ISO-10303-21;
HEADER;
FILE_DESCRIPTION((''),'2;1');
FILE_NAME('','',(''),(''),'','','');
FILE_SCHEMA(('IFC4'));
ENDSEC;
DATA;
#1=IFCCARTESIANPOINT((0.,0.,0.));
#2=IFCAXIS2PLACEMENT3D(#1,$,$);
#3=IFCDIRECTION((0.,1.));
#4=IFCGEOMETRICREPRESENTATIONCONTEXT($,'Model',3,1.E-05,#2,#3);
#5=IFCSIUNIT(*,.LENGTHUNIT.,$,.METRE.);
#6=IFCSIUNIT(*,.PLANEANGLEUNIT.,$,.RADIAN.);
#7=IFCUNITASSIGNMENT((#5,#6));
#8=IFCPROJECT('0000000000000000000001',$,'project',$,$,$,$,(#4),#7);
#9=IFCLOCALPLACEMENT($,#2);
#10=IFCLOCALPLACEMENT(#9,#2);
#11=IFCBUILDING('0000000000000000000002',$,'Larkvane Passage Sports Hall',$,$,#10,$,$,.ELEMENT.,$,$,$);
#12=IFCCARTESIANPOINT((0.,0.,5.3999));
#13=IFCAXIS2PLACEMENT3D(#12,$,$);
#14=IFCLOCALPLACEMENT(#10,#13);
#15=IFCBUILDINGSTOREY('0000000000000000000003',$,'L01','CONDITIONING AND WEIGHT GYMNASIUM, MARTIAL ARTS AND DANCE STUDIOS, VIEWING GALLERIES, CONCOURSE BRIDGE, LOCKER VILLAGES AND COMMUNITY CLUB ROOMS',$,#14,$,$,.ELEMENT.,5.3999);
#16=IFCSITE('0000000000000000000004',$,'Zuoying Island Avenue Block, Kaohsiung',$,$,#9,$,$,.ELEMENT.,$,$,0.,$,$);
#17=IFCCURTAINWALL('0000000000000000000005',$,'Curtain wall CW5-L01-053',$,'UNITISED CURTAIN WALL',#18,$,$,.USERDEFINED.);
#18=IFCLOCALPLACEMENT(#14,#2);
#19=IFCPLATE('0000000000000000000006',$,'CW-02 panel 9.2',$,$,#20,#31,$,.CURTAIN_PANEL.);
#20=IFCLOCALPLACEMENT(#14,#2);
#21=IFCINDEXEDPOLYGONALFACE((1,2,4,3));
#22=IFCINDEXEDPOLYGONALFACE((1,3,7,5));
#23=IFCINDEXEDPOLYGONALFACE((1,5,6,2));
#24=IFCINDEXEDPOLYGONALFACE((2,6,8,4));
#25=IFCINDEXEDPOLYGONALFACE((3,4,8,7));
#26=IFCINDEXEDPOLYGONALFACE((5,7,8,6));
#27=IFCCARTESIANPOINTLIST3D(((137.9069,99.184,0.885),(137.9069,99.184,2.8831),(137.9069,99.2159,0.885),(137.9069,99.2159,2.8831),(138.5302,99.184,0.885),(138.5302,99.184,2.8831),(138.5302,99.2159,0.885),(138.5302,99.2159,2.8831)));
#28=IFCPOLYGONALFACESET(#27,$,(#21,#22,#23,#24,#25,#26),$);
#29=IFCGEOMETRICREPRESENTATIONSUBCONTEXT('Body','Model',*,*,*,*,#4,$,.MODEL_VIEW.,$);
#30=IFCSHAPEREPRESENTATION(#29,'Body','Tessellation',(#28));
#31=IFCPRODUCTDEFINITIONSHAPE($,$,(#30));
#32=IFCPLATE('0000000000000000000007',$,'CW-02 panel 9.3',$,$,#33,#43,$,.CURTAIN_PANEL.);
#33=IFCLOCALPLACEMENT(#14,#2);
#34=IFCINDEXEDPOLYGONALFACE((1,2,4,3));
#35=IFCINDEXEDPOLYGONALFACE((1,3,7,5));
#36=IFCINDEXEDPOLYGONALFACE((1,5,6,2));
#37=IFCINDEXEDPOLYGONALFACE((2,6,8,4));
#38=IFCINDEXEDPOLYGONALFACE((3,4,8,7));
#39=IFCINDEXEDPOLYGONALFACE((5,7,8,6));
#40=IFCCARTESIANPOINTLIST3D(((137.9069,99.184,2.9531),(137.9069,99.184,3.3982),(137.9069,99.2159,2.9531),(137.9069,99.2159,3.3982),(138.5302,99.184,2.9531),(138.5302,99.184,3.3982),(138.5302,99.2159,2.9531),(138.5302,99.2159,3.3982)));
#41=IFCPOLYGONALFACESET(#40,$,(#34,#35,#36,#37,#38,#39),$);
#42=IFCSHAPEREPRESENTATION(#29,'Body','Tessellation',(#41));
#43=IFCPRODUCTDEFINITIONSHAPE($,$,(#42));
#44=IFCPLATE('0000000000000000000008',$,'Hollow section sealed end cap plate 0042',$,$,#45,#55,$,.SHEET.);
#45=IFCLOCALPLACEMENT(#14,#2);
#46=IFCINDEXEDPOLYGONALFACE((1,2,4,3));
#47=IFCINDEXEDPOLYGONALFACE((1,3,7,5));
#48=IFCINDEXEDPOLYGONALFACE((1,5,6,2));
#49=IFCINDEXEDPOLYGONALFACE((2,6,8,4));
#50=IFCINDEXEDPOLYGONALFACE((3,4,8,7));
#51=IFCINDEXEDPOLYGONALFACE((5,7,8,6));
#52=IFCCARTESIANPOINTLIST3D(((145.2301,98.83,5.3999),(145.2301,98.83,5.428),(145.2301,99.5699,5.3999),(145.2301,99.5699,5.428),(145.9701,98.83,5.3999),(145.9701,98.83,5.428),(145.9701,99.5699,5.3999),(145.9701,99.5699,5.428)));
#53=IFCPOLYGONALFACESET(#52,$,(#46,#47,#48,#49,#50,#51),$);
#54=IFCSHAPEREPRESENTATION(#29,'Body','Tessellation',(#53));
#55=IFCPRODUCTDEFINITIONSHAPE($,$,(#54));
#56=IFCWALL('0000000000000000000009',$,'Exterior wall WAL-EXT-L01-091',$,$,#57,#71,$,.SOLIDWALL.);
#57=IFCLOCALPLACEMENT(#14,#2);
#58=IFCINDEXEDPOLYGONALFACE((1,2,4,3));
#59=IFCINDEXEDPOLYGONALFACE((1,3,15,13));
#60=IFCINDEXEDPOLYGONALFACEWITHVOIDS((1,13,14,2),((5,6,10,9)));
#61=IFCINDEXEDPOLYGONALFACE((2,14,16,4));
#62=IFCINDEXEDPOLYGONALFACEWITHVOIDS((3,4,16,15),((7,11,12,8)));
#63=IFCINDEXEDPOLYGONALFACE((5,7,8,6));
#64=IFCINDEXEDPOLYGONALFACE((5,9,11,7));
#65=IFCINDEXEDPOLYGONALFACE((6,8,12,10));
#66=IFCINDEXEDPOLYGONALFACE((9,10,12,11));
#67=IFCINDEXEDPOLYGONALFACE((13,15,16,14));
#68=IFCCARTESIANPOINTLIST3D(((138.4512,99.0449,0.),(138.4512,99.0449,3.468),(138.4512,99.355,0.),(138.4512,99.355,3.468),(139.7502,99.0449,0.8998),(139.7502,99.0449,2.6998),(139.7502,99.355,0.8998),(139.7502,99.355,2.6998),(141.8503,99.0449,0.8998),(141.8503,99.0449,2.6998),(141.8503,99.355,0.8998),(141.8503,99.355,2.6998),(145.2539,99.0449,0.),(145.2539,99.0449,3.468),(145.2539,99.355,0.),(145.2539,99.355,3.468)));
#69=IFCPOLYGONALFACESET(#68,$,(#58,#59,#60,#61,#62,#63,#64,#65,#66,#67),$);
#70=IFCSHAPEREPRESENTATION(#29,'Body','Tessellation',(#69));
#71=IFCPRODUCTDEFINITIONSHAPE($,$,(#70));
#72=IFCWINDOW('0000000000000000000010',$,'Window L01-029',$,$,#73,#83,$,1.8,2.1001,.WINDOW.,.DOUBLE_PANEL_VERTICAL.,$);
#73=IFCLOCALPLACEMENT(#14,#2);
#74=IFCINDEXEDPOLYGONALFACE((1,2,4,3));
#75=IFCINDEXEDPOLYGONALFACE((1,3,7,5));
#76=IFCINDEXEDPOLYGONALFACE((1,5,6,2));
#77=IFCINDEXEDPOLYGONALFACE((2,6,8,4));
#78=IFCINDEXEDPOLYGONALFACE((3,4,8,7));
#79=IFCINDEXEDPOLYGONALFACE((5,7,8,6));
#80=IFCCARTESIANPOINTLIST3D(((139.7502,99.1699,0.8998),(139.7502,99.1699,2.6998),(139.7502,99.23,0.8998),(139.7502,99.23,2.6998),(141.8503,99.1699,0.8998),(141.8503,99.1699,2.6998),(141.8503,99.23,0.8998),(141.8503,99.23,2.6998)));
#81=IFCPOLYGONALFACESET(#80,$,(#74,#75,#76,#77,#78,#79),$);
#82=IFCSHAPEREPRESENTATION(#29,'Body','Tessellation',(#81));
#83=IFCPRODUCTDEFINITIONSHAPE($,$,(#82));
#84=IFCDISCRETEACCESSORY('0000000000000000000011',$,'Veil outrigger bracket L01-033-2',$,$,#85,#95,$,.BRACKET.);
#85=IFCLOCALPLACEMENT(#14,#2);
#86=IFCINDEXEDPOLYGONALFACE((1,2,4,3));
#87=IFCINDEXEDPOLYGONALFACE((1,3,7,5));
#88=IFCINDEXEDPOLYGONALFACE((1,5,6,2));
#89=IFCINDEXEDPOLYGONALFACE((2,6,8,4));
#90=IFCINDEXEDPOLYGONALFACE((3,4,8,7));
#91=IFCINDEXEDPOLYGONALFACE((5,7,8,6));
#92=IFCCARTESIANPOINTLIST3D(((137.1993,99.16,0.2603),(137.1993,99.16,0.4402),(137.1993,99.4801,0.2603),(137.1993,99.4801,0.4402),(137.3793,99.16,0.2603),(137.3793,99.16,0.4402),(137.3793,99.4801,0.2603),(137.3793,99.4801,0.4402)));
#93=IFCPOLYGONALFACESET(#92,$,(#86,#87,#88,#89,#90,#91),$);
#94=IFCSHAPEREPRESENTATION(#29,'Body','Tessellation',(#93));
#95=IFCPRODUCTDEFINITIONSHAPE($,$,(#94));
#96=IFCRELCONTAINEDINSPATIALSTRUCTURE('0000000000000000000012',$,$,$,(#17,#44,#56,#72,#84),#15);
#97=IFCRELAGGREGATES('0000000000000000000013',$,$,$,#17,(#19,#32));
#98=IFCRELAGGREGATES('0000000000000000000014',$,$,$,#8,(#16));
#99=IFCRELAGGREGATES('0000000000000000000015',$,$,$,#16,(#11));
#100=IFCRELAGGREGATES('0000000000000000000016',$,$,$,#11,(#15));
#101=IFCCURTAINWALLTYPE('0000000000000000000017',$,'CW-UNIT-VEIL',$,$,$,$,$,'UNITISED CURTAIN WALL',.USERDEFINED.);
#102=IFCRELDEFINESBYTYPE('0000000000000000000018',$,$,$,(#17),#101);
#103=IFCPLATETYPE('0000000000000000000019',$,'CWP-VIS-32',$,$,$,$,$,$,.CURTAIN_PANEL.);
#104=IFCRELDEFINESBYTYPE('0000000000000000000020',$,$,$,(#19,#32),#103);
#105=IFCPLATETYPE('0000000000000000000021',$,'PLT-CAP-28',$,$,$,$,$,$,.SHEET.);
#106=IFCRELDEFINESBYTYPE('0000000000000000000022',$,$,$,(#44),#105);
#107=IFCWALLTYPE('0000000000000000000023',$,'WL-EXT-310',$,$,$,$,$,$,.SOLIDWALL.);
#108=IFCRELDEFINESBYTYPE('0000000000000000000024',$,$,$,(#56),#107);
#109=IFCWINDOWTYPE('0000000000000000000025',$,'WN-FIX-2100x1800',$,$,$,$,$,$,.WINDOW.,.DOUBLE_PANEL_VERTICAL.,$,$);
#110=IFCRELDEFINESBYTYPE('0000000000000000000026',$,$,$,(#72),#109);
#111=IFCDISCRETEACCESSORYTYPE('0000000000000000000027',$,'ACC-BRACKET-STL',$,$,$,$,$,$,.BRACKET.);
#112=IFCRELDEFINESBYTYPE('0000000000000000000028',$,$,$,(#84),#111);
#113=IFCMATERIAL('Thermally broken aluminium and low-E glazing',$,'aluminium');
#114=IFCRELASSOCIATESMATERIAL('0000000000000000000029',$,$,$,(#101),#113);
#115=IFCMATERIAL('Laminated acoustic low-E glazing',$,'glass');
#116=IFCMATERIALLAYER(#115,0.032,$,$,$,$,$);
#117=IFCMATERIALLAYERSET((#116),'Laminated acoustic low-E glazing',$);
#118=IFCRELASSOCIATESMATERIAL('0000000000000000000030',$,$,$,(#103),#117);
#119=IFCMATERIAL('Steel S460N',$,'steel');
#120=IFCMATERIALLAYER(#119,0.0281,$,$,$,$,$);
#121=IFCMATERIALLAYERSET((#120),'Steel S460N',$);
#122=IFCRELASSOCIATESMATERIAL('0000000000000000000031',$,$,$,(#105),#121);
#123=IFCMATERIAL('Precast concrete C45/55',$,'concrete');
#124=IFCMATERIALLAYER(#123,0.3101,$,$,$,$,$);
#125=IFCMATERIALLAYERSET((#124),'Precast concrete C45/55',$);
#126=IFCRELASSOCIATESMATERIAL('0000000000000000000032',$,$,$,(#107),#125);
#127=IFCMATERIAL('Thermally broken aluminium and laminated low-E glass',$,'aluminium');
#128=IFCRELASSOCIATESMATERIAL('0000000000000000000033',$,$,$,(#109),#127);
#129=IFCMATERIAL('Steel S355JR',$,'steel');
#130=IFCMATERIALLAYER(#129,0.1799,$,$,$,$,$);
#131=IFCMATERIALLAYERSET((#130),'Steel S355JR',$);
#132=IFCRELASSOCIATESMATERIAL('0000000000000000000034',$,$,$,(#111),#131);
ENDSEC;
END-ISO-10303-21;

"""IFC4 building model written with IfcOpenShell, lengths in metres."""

from ifc_helpers import new_model, si_unit, direction, frame, frame_2d, origin, origin_2d, place, context, subcontext, project, spatial, rectangle, extrude, material, layer, layer_set, type_object, element, fill, aggregate, save


model = new_model("IFC4")

# Units and contexts
model_context = context("Model", 3, precision=1e-05, world=origin(), true_north=direction((0.0, 1.0)))
body_context = subcontext(model_context, "Body", "Model", "MODEL_VIEW")
ifc_project = project(units=[si_unit("LENGTHUNIT", "METRE"), si_unit("PLANEANGLEUNIT", "RADIAN")], contexts=[model_context])

# Site, building, storey
site_placement = place(None, origin())
site = spatial("IfcSite", under=ifc_project, at=site_placement, Name="Zuoying Island Avenue Block, Kaohsiung", CompositionType="ELEMENT", RefElevation=0.0)
building_placement = place(site_placement, origin())
building = spatial("IfcBuilding", under=site, at=building_placement, Name="Larkvane Passage Sports Hall", CompositionType="ELEMENT")
storey_placement = place(building_placement, frame((0.0, 0.0, 5.3999)))
storey = spatial("IfcBuildingStorey", under=building, at=storey_placement, Name="L01", Description="CONDITIONING AND WEIGHT GYMNASIUM, MARTIAL ARTS AND DANCE STUDIOS, VIEWING GALLERIES, CONCOURSE BRIDGE, LOCKER VILLAGES AND COMMUNITY CLUB ROOMS", CompositionType="ELEMENT", Elevation=5.3999)

# Shared definitions
ifc_material_1 = material(Name="Steel S460N", Category="steel")

# Curtain wall, plates
ifc_material_2 = material(Name="Thermally broken aluminium and low-E glazing", Category="aluminium")
curtain_wall_type = type_object("IfcCurtainWallType", Name="CW-UNIT-VEIL", ElementType="UNITISED CURTAIN WALL", PredefinedType="USERDEFINED", material=ifc_material_2)
curtain_wall_placement = place(storey_placement, origin())
curtain_wall = element("IfcCurtainWall", 1, at=curtain_wall_placement, inside=storey, type_object=curtain_wall_type, Name="Curtain wall CW5-L01-053", ObjectType="UNITISED CURTAIN WALL", PredefinedType="USERDEFINED")
ifc_material_3 = material(Name="Laminated acoustic low-E glazing", Category="glass")
ifc_layer_1 = layer(ifc_material_3, 0.032)
ifc_layer_set_1 = layer_set([ifc_layer_1], Name="Laminated acoustic low-E glazing")
plate_type_1 = type_object("IfcPlateType", Name="CWP-VIS-32", PredefinedType="CURTAIN_PANEL", material=ifc_layer_set_1)
plate_1_placement = place(storey_placement, frame((138.2185, 99.2, 0.885), z_axis=(0.0, 0.0, 1.0), x_axis=(1.0, 0.0, 0.0)))
plate_1 = element("IfcPlate", 2, at=plate_1_placement, type_object=plate_type_1, Name="CW-02 panel 9.2", PredefinedType="CURTAIN_PANEL", context=body_context, shape_type="SweptSolid", body=[
    extrude(rectangle(XDim=0.6233, YDim=0.032, at=origin_2d()), origin(), (0.0, 0.0, 1.0), 1.998),
])
plate_2_placement = place(storey_placement, frame((138.2185, 99.2, 2.9531), z_axis=(0.0, 0.0, 1.0), x_axis=(1.0, 0.0, 0.0)))
plate_2 = element("IfcPlate", 3, at=plate_2_placement, type_object=plate_type_1, Name="CW-02 panel 9.3", PredefinedType="CURTAIN_PANEL", context=body_context, shape_type="SweptSolid", body=[
    extrude(rectangle(XDim=0.6233, YDim=0.032, at=origin_2d()), origin(), (0.0, 0.0, 1.0), 0.4451),
])
aggregate(curtain_wall, [plate_1, plate_2])

# Plate
ifc_layer_2 = layer(ifc_material_1, 0.0281)
ifc_layer_set_2 = layer_set([ifc_layer_2], Name="Steel S460N")
plate_type_2 = type_object("IfcPlateType", Name="PLT-CAP-28", PredefinedType="SHEET", material=ifc_layer_set_2)
plate_3_placement = place(storey_placement, frame((145.6001, 99.2, 5.3999), z_axis=(0.0, 0.0, 1.0), x_axis=(1.0, 0.0, 0.0)))
element("IfcPlate", 4, at=plate_3_placement, inside=storey, type_object=plate_type_2, Name="Hollow section sealed end cap plate 0042", PredefinedType="SHEET", context=body_context, shape_type="SweptSolid", body=[
    extrude(rectangle(XDim=0.74, YDim=0.74, at=origin_2d()), origin(), (0.0, 0.0, 1.0), 0.0281),
])

# Wall, opening, window
ifc_material_4 = material(Name="Precast concrete C45/55", Category="concrete")
ifc_layer_3 = layer(ifc_material_4, 0.3101)
ifc_layer_set_3 = layer_set([ifc_layer_3], Name="Precast concrete C45/55")
wall_type = type_object("IfcWallType", Name="WL-EXT-310", PredefinedType="SOLIDWALL", material=ifc_layer_set_3)
wall_placement = place(storey_placement, frame((138.4512, 99.2, 0.0), z_axis=(0.0, 0.0, 1.0), x_axis=(1.0, 0.0, 0.0)))
wall = element("IfcWall", 5, at=wall_placement, inside=storey, type_object=wall_type, Name="Exterior wall WAL-EXT-L01-091", PredefinedType="SOLIDWALL", context=body_context, shape_type="SweptSolid", body=[
    extrude(rectangle(XDim=6.8027, YDim=0.3101, at=frame_2d((3.4014, 0.0))), origin(), (0.0, 0.0, 1.0), 3.468),
])
opening_placement = place(wall_placement, frame((1.2991, 0.0, 0.8999)))
opening = element("IfcOpeningElement", 6, at=opening_placement, cuts=wall, PredefinedType="OPENING", context=body_context, shape_type="SweptSolid", body=[
    extrude(rectangle(XDim=2.1001, YDim=1.8, at=frame_2d((1.05, 0.8999))), frame((0.0, 0.165, 0.0), z_axis=(0.0, -1.0, 0.0), x_axis=(1.0, 0.0, 0.0)), (0.0, 0.0, 1.0), 0.3301),
])
ifc_material_5 = material(Name="Thermally broken aluminium and laminated low-E glass", Category="aluminium")
window_type = type_object("IfcWindowType", Name="WN-FIX-2100x1800", PartitioningType="DOUBLE_PANEL_VERTICAL", PredefinedType="WINDOW", material=ifc_material_5)
window_placement = place(opening_placement, origin())
window = element("IfcWindow", 7, at=window_placement, inside=storey, type_object=window_type, Name="Window L01-029", OverallHeight=1.8, OverallWidth=2.1001, PartitioningType="DOUBLE_PANEL_VERTICAL", PredefinedType="WINDOW", context=body_context, shape_type="SweptSolid", body=[
    extrude(rectangle(XDim=2.1001, YDim=1.8, at=frame_2d((1.05, 0.8999))), frame((0.0, 0.03, 0.0), z_axis=(0.0, -1.0, 0.0), x_axis=(1.0, 0.0, 0.0)), (0.0, 0.0, 1.0), 0.0601),
])
fill(opening, window)

# Discrete accessory
ifc_material_6 = material(Name="Steel S355JR", Category="steel")
ifc_layer_4 = layer(ifc_material_6, 0.1799)
ifc_layer_set_4 = layer_set([ifc_layer_4], Name="Steel S355JR")
discrete_accessory_type = type_object("IfcDiscreteAccessoryType", Name="ACC-BRACKET-STL", PredefinedType="BRACKET", material=ifc_layer_set_4)
discrete_accessory_placement = place(storey_placement, frame((137.2893, 99.3201, 0.2603), z_axis=(0.0, 0.0, 1.0), x_axis=(1.0, 0.0, 0.0)))
element("IfcDiscreteAccessory", 8, at=discrete_accessory_placement, inside=storey, type_object=discrete_accessory_type, Name="Veil outrigger bracket L01-033-2", PredefinedType="BRACKET", context=body_context, shape_type="SweptSolid", body=[
    extrude(rectangle(XDim=0.1799, YDim=0.3201, at=origin_2d()), origin(), (0.0, 0.0, 1.0), 0.1799),
])

save(model, "model.ifc")
